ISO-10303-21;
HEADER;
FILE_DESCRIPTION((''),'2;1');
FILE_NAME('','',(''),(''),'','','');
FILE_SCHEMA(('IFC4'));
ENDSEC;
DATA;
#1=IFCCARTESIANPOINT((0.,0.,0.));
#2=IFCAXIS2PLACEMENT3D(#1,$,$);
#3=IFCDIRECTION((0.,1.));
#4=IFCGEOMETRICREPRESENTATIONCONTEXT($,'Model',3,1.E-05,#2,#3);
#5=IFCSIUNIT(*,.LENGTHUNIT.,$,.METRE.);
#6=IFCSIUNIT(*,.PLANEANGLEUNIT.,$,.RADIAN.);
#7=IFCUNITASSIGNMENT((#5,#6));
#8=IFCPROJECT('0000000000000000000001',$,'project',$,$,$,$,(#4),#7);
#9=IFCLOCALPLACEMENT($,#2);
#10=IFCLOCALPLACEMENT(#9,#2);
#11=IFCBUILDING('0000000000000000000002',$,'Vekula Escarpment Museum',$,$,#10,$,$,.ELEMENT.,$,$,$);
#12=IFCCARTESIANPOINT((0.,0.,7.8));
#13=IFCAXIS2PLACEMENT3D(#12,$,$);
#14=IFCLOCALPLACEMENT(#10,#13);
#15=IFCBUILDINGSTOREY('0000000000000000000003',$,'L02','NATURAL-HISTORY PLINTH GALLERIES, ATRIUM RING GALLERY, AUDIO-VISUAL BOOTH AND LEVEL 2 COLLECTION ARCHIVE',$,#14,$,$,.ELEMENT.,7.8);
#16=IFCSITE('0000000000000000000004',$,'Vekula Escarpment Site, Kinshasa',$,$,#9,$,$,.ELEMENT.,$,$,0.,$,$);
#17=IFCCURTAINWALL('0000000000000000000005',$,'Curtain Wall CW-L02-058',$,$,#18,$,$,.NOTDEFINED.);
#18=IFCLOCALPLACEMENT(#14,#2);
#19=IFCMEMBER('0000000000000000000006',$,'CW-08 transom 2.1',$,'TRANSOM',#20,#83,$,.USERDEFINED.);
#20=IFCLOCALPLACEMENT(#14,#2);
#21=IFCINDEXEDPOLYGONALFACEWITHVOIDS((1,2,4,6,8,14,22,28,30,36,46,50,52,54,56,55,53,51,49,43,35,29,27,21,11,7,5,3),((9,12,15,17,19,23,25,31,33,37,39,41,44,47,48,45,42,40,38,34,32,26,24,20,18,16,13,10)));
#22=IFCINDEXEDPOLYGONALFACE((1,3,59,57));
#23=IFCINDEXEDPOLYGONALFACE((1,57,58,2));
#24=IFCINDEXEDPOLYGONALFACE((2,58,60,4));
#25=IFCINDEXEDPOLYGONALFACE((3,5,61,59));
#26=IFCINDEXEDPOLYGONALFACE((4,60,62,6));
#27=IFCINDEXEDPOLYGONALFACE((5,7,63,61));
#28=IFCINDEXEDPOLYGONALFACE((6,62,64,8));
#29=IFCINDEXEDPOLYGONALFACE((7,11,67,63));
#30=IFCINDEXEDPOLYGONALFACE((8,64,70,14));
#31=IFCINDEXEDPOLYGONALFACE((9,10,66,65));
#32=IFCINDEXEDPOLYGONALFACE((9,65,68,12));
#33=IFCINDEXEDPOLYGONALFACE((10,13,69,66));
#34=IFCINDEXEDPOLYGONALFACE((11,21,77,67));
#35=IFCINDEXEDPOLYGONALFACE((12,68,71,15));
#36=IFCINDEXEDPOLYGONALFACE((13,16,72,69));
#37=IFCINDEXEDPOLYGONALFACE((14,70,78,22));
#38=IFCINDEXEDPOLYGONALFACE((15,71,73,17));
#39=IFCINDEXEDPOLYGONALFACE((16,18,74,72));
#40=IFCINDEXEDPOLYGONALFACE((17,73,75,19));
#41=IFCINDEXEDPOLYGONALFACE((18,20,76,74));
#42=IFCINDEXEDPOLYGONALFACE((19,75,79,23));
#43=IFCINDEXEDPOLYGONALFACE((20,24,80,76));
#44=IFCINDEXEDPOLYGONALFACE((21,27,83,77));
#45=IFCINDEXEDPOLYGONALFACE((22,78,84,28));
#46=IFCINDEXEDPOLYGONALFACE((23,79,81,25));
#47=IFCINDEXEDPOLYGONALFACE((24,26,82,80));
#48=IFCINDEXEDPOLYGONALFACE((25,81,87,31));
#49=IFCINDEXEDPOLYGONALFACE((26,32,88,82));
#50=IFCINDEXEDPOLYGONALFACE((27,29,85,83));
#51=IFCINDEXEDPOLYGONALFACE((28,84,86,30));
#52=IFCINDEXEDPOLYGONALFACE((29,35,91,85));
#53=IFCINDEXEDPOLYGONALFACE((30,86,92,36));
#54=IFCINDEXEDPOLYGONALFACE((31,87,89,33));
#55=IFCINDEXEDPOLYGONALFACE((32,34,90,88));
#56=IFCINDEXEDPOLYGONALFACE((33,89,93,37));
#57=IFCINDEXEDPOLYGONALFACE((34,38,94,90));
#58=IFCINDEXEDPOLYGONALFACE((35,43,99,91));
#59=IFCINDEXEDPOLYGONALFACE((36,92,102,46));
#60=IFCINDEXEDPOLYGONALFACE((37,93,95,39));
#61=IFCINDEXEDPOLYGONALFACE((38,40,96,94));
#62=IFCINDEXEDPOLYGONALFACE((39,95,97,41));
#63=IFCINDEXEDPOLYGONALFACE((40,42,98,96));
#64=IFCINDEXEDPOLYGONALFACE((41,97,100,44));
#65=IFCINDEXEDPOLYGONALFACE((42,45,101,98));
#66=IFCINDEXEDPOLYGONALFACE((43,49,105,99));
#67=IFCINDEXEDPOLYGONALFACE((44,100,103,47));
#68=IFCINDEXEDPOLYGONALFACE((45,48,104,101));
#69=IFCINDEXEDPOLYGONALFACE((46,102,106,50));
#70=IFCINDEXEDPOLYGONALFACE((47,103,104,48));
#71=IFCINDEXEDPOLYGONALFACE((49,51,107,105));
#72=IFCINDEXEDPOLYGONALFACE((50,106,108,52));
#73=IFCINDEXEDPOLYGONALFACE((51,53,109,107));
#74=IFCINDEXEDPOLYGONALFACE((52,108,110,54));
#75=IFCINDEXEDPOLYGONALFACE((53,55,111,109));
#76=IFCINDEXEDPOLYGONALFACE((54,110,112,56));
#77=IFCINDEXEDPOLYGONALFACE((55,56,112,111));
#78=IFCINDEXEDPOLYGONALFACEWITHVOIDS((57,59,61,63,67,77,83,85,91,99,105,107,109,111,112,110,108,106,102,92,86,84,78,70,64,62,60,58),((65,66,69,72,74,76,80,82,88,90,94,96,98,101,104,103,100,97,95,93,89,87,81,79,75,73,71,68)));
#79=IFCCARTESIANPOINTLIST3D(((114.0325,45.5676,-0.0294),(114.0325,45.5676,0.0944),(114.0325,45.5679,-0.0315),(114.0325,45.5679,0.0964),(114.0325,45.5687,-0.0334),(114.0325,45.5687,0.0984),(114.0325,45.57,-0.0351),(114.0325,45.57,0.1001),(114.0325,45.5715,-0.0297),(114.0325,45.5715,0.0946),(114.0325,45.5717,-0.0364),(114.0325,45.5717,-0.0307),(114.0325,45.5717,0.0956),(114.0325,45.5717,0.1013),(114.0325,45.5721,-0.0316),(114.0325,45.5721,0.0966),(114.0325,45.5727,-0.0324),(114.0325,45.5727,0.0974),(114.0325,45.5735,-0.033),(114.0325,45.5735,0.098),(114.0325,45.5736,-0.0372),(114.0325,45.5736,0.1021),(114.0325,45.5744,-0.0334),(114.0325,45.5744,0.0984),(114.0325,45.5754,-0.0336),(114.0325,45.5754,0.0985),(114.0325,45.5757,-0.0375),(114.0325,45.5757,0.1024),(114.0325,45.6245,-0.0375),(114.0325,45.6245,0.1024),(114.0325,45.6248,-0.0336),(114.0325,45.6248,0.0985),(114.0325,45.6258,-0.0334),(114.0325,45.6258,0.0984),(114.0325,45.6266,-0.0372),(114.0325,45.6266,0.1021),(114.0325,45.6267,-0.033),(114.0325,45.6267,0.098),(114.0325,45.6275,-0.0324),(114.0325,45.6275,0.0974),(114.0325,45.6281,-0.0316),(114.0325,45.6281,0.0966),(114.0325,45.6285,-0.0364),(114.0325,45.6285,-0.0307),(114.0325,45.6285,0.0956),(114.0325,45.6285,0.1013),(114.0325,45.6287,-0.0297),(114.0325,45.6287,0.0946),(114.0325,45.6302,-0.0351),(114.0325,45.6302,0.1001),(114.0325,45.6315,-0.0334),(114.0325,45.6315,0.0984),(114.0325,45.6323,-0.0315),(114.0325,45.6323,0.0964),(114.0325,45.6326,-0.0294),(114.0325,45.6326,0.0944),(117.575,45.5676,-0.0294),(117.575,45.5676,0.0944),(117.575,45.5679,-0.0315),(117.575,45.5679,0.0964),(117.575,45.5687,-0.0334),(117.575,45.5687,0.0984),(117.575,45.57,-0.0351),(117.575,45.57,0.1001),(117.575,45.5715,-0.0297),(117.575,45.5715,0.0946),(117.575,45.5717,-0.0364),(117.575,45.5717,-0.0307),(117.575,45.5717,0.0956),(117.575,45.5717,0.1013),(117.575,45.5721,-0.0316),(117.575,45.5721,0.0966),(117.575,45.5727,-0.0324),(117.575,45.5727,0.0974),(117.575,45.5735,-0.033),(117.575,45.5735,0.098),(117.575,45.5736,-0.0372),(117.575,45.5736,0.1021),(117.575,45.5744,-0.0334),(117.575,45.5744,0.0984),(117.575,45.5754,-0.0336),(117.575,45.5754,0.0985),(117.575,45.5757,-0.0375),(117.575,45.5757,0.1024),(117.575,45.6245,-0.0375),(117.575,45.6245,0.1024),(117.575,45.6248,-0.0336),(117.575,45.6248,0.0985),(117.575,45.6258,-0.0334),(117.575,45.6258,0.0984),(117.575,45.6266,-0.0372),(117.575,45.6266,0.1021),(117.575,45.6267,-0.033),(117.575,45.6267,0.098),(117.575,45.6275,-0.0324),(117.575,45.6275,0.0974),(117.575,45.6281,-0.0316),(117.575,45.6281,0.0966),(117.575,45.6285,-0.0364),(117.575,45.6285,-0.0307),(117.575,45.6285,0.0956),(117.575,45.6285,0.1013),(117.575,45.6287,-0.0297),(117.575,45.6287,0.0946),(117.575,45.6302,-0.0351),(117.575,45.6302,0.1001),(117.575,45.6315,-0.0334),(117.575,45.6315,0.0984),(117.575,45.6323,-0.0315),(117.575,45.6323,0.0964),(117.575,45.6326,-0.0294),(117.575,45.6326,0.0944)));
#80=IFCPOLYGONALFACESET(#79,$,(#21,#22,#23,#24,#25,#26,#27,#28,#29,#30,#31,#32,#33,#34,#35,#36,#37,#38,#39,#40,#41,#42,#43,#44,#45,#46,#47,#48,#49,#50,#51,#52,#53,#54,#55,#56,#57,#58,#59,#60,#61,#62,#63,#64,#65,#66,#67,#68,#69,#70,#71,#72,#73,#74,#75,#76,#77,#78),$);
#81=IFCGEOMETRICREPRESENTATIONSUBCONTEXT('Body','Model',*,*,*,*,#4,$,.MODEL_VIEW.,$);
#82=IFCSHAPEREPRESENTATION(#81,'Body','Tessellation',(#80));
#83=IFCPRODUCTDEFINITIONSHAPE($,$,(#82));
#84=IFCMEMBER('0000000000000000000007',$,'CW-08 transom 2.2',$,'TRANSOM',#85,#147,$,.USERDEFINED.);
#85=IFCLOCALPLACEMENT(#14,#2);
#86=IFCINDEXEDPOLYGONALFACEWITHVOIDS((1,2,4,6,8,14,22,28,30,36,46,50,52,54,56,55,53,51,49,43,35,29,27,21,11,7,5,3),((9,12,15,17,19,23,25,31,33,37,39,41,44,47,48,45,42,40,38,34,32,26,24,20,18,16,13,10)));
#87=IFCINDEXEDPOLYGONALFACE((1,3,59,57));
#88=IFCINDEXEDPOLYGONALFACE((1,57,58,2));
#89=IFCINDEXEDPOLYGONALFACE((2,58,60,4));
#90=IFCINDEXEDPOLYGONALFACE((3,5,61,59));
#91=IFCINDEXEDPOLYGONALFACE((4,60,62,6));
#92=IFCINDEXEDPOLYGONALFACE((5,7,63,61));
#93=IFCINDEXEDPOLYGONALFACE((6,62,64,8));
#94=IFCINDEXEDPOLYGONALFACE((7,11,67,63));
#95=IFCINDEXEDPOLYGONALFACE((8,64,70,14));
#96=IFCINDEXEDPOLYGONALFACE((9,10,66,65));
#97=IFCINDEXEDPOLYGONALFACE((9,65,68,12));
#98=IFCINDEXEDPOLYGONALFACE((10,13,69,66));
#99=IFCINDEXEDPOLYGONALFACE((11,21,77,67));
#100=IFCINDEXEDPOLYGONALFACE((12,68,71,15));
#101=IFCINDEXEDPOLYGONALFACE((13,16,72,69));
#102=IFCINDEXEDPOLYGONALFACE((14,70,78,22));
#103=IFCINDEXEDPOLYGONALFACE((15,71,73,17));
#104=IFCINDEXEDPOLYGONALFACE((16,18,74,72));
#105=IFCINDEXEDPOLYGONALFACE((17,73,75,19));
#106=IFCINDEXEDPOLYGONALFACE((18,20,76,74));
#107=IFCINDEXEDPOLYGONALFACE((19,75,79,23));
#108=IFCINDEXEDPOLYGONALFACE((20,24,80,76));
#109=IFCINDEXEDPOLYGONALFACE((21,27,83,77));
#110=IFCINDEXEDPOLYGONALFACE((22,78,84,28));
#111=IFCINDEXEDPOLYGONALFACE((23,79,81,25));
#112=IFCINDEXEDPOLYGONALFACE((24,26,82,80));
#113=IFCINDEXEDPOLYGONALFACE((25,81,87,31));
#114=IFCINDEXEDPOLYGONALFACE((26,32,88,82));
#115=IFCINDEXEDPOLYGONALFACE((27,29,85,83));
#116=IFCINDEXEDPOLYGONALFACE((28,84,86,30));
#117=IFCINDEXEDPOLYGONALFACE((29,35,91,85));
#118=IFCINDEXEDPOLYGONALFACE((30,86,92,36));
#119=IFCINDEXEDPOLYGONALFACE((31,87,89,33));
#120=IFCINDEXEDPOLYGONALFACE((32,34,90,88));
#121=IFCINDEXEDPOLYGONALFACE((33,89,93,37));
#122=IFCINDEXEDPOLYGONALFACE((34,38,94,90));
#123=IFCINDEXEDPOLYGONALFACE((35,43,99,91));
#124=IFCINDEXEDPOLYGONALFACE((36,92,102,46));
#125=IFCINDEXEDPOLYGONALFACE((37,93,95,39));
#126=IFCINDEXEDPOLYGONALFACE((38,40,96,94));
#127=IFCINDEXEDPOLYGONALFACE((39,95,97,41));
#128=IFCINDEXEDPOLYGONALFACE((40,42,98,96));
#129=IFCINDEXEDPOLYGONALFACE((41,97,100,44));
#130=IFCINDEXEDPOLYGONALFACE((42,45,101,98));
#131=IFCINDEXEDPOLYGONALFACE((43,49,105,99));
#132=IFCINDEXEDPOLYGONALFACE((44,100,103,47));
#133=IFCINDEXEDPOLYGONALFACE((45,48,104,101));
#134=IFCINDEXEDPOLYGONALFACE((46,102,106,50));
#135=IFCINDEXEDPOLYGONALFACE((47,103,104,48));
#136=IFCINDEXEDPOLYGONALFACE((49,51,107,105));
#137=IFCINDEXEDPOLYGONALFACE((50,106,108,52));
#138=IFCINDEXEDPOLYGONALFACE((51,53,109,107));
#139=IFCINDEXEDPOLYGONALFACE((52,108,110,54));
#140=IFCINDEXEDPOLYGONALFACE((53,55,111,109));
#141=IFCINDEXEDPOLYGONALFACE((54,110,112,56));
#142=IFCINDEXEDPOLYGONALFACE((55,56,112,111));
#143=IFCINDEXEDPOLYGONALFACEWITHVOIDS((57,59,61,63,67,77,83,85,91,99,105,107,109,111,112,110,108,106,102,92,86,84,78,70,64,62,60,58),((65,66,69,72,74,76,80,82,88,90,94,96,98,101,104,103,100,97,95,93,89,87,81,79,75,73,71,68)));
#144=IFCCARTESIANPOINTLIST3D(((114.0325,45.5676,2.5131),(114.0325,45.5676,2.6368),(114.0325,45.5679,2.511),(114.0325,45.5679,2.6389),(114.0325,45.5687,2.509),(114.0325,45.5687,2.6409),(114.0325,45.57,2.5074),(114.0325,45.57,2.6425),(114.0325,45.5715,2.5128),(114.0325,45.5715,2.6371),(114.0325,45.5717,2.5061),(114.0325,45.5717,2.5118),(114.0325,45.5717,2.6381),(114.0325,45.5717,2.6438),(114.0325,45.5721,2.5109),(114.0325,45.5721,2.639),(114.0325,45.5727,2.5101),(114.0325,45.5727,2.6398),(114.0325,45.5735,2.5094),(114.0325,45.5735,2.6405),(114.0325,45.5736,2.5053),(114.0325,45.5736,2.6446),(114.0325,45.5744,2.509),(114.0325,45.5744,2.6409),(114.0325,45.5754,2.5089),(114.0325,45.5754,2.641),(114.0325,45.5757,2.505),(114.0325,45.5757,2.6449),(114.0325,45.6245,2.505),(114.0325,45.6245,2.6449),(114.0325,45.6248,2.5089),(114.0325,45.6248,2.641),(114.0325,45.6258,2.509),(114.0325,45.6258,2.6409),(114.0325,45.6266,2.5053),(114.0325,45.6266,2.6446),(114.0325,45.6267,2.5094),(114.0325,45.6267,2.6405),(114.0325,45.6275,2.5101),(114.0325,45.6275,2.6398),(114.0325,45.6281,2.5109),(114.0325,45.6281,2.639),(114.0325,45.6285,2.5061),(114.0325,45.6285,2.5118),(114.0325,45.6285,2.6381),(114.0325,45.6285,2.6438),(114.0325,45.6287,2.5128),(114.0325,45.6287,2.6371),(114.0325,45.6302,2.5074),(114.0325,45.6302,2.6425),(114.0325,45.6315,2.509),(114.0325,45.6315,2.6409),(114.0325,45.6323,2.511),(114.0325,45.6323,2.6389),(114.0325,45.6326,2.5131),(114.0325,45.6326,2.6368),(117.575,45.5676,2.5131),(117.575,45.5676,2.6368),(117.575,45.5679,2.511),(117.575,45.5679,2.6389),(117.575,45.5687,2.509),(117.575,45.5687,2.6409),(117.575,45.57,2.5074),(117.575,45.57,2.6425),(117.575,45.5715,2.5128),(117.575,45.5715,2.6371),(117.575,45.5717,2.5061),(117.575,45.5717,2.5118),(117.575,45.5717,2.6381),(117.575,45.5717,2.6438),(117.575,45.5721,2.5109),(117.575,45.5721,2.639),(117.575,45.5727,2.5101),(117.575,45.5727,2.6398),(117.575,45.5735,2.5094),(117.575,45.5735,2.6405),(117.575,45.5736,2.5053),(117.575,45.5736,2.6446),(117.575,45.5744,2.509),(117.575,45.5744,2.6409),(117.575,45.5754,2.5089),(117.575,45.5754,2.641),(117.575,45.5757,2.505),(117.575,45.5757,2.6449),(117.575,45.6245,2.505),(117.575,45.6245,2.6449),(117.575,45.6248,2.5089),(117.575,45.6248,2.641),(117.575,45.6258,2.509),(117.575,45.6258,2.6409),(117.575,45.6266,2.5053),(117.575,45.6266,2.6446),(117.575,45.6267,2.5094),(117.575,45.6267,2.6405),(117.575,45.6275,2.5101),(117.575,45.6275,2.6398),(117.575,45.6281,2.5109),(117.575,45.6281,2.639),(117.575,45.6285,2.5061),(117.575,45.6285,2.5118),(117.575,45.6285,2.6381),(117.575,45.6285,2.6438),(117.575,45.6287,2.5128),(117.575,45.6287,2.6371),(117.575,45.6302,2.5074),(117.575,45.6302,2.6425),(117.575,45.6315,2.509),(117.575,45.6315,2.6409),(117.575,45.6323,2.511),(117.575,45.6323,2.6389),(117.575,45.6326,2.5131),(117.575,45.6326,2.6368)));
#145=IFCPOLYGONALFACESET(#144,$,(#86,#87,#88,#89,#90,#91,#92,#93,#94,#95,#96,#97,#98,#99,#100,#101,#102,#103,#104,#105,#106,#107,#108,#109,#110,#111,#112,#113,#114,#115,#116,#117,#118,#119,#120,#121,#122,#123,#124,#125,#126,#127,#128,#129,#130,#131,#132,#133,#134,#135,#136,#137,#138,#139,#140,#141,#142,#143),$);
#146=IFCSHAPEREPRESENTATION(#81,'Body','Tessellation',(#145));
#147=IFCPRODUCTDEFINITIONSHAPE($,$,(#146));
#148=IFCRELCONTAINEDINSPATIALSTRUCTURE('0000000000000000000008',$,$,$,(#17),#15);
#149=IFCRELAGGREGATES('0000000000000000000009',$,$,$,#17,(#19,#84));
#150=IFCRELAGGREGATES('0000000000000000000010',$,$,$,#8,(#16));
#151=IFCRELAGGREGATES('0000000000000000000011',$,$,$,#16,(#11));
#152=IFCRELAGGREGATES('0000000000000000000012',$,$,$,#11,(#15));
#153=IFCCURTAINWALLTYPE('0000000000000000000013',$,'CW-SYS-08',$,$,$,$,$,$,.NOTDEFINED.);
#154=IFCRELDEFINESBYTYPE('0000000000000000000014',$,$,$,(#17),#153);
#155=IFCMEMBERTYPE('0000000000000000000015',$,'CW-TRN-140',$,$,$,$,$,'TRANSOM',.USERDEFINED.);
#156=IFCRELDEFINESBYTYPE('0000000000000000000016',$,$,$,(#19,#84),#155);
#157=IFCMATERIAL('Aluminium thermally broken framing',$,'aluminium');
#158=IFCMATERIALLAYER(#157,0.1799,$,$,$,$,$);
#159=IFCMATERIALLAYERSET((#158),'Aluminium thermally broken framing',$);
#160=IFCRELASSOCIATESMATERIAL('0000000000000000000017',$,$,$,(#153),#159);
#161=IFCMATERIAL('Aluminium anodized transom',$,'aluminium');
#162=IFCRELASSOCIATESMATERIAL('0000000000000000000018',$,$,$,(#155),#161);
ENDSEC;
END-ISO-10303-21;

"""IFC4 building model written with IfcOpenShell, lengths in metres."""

from ifc_helpers import new_model, si_unit, direction, frame, origin, origin_2d, place, context, subcontext, project, spatial, hollow_rectangle, extrude, material, layer, layer_set, material_profile, profile_set, type_object, element, aggregate, save


model = new_model("IFC4")

# Units and contexts
model_context = context("Model", 3, precision=1e-05, world=origin(), true_north=direction((0.0, 1.0)))
body_context = subcontext(model_context, "Body", "Model", "MODEL_VIEW")
ifc_project = project(units=[si_unit("LENGTHUNIT", "METRE"), si_unit("PLANEANGLEUNIT", "RADIAN")], contexts=[model_context])

# Site, building, storey
site_placement = place(None, origin())
site = spatial("IfcSite", under=ifc_project, at=site_placement, Name="Vekula Escarpment Site, Kinshasa", CompositionType="ELEMENT", RefElevation=0.0)
building_placement = place(site_placement, origin())
building = spatial("IfcBuilding", under=site, at=building_placement, Name="Vekula Escarpment Museum", CompositionType="ELEMENT")
storey_placement = place(building_placement, frame((0.0, 0.0, 7.8)))
storey = spatial("IfcBuildingStorey", under=building, at=storey_placement, Name="L02", Description="NATURAL-HISTORY PLINTH GALLERIES, ATRIUM RING GALLERY, AUDIO-VISUAL BOOTH AND LEVEL 2 COLLECTION ARCHIVE", CompositionType="ELEMENT", Elevation=7.8)

# Curtain wall, members
ifc_material_1 = material(Name="Aluminium thermally broken framing", Category="aluminium")
ifc_layer_1 = layer(ifc_material_1, 0.1799)
ifc_layer_set_1 = layer_set([ifc_layer_1], Name="Aluminium thermally broken framing")
curtain_wall_type = type_object("IfcCurtainWallType", Name="CW-SYS-08", PredefinedType="NOTDEFINED", material=ifc_layer_set_1)
curtain_wall_placement = place(storey_placement, origin())
curtain_wall = element("IfcCurtainWall", 1, at=curtain_wall_placement, inside=storey, type_object=curtain_wall_type, Name="Curtain Wall CW-L02-058", PredefinedType="NOTDEFINED")
ifc_material_2 = material(Name="Aluminium anodized transom", Category="aluminium")
ifc_material_profile_1 = material_profile(ifc_material_2, hollow_rectangle(XDim=0.0649, YDim=0.1399, WallThickness=0.0039, InnerFilletRadius=0.0039, OuterFilletRadius=0.0081, at=origin_2d()), Name="ALU 140x65x4")
ifc_profile_set_1 = profile_set([ifc_material_profile_1], Name="Aluminium anodized transom")
member_type_1 = type_object("IfcMemberType", Name="CW-TRN-140", ElementType="TRANSOM", PredefinedType="USERDEFINED", material=ifc_profile_set_1)
member_1_placement = place(storey_placement, frame((114.0325, 45.6001, 0.0325), z_axis=(1.0, 0.0, 0.0), x_axis=(0.0, 1.0, 0.0)))
member_1 = element("IfcMember", 2, at=member_1_placement, type_object=member_type_1, Name="CW-08 transom 2.1", ObjectType="TRANSOM", PredefinedType="USERDEFINED", context=body_context, shape_type="SweptSolid", body=[
    extrude(hollow_rectangle(XDim=0.0649, YDim=0.1399, WallThickness=0.0039, InnerFilletRadius=0.0039, OuterFilletRadius=0.0081, at=origin_2d()), origin(), (0.0, 0.0, 1.0), 3.5425),
])
member_2_placement = place(storey_placement, frame((114.0325, 45.6001, 2.575), z_axis=(1.0, 0.0, 0.0), x_axis=(0.0, 1.0, 0.0)))
member_2 = element("IfcMember", 3, at=member_2_placement, type_object=member_type_1, Name="CW-08 transom 2.2", ObjectType="TRANSOM", PredefinedType="USERDEFINED", context=body_context, shape_type="SweptSolid", body=[
    extrude(hollow_rectangle(XDim=0.0649, YDim=0.1399, WallThickness=0.0039, InnerFilletRadius=0.0039, OuterFilletRadius=0.0081, at=origin_2d()), origin(), (0.0, 0.0, 1.0), 3.5425),
])
aggregate(curtain_wall, [member_1, member_2])

save(model, "model.ifc")
